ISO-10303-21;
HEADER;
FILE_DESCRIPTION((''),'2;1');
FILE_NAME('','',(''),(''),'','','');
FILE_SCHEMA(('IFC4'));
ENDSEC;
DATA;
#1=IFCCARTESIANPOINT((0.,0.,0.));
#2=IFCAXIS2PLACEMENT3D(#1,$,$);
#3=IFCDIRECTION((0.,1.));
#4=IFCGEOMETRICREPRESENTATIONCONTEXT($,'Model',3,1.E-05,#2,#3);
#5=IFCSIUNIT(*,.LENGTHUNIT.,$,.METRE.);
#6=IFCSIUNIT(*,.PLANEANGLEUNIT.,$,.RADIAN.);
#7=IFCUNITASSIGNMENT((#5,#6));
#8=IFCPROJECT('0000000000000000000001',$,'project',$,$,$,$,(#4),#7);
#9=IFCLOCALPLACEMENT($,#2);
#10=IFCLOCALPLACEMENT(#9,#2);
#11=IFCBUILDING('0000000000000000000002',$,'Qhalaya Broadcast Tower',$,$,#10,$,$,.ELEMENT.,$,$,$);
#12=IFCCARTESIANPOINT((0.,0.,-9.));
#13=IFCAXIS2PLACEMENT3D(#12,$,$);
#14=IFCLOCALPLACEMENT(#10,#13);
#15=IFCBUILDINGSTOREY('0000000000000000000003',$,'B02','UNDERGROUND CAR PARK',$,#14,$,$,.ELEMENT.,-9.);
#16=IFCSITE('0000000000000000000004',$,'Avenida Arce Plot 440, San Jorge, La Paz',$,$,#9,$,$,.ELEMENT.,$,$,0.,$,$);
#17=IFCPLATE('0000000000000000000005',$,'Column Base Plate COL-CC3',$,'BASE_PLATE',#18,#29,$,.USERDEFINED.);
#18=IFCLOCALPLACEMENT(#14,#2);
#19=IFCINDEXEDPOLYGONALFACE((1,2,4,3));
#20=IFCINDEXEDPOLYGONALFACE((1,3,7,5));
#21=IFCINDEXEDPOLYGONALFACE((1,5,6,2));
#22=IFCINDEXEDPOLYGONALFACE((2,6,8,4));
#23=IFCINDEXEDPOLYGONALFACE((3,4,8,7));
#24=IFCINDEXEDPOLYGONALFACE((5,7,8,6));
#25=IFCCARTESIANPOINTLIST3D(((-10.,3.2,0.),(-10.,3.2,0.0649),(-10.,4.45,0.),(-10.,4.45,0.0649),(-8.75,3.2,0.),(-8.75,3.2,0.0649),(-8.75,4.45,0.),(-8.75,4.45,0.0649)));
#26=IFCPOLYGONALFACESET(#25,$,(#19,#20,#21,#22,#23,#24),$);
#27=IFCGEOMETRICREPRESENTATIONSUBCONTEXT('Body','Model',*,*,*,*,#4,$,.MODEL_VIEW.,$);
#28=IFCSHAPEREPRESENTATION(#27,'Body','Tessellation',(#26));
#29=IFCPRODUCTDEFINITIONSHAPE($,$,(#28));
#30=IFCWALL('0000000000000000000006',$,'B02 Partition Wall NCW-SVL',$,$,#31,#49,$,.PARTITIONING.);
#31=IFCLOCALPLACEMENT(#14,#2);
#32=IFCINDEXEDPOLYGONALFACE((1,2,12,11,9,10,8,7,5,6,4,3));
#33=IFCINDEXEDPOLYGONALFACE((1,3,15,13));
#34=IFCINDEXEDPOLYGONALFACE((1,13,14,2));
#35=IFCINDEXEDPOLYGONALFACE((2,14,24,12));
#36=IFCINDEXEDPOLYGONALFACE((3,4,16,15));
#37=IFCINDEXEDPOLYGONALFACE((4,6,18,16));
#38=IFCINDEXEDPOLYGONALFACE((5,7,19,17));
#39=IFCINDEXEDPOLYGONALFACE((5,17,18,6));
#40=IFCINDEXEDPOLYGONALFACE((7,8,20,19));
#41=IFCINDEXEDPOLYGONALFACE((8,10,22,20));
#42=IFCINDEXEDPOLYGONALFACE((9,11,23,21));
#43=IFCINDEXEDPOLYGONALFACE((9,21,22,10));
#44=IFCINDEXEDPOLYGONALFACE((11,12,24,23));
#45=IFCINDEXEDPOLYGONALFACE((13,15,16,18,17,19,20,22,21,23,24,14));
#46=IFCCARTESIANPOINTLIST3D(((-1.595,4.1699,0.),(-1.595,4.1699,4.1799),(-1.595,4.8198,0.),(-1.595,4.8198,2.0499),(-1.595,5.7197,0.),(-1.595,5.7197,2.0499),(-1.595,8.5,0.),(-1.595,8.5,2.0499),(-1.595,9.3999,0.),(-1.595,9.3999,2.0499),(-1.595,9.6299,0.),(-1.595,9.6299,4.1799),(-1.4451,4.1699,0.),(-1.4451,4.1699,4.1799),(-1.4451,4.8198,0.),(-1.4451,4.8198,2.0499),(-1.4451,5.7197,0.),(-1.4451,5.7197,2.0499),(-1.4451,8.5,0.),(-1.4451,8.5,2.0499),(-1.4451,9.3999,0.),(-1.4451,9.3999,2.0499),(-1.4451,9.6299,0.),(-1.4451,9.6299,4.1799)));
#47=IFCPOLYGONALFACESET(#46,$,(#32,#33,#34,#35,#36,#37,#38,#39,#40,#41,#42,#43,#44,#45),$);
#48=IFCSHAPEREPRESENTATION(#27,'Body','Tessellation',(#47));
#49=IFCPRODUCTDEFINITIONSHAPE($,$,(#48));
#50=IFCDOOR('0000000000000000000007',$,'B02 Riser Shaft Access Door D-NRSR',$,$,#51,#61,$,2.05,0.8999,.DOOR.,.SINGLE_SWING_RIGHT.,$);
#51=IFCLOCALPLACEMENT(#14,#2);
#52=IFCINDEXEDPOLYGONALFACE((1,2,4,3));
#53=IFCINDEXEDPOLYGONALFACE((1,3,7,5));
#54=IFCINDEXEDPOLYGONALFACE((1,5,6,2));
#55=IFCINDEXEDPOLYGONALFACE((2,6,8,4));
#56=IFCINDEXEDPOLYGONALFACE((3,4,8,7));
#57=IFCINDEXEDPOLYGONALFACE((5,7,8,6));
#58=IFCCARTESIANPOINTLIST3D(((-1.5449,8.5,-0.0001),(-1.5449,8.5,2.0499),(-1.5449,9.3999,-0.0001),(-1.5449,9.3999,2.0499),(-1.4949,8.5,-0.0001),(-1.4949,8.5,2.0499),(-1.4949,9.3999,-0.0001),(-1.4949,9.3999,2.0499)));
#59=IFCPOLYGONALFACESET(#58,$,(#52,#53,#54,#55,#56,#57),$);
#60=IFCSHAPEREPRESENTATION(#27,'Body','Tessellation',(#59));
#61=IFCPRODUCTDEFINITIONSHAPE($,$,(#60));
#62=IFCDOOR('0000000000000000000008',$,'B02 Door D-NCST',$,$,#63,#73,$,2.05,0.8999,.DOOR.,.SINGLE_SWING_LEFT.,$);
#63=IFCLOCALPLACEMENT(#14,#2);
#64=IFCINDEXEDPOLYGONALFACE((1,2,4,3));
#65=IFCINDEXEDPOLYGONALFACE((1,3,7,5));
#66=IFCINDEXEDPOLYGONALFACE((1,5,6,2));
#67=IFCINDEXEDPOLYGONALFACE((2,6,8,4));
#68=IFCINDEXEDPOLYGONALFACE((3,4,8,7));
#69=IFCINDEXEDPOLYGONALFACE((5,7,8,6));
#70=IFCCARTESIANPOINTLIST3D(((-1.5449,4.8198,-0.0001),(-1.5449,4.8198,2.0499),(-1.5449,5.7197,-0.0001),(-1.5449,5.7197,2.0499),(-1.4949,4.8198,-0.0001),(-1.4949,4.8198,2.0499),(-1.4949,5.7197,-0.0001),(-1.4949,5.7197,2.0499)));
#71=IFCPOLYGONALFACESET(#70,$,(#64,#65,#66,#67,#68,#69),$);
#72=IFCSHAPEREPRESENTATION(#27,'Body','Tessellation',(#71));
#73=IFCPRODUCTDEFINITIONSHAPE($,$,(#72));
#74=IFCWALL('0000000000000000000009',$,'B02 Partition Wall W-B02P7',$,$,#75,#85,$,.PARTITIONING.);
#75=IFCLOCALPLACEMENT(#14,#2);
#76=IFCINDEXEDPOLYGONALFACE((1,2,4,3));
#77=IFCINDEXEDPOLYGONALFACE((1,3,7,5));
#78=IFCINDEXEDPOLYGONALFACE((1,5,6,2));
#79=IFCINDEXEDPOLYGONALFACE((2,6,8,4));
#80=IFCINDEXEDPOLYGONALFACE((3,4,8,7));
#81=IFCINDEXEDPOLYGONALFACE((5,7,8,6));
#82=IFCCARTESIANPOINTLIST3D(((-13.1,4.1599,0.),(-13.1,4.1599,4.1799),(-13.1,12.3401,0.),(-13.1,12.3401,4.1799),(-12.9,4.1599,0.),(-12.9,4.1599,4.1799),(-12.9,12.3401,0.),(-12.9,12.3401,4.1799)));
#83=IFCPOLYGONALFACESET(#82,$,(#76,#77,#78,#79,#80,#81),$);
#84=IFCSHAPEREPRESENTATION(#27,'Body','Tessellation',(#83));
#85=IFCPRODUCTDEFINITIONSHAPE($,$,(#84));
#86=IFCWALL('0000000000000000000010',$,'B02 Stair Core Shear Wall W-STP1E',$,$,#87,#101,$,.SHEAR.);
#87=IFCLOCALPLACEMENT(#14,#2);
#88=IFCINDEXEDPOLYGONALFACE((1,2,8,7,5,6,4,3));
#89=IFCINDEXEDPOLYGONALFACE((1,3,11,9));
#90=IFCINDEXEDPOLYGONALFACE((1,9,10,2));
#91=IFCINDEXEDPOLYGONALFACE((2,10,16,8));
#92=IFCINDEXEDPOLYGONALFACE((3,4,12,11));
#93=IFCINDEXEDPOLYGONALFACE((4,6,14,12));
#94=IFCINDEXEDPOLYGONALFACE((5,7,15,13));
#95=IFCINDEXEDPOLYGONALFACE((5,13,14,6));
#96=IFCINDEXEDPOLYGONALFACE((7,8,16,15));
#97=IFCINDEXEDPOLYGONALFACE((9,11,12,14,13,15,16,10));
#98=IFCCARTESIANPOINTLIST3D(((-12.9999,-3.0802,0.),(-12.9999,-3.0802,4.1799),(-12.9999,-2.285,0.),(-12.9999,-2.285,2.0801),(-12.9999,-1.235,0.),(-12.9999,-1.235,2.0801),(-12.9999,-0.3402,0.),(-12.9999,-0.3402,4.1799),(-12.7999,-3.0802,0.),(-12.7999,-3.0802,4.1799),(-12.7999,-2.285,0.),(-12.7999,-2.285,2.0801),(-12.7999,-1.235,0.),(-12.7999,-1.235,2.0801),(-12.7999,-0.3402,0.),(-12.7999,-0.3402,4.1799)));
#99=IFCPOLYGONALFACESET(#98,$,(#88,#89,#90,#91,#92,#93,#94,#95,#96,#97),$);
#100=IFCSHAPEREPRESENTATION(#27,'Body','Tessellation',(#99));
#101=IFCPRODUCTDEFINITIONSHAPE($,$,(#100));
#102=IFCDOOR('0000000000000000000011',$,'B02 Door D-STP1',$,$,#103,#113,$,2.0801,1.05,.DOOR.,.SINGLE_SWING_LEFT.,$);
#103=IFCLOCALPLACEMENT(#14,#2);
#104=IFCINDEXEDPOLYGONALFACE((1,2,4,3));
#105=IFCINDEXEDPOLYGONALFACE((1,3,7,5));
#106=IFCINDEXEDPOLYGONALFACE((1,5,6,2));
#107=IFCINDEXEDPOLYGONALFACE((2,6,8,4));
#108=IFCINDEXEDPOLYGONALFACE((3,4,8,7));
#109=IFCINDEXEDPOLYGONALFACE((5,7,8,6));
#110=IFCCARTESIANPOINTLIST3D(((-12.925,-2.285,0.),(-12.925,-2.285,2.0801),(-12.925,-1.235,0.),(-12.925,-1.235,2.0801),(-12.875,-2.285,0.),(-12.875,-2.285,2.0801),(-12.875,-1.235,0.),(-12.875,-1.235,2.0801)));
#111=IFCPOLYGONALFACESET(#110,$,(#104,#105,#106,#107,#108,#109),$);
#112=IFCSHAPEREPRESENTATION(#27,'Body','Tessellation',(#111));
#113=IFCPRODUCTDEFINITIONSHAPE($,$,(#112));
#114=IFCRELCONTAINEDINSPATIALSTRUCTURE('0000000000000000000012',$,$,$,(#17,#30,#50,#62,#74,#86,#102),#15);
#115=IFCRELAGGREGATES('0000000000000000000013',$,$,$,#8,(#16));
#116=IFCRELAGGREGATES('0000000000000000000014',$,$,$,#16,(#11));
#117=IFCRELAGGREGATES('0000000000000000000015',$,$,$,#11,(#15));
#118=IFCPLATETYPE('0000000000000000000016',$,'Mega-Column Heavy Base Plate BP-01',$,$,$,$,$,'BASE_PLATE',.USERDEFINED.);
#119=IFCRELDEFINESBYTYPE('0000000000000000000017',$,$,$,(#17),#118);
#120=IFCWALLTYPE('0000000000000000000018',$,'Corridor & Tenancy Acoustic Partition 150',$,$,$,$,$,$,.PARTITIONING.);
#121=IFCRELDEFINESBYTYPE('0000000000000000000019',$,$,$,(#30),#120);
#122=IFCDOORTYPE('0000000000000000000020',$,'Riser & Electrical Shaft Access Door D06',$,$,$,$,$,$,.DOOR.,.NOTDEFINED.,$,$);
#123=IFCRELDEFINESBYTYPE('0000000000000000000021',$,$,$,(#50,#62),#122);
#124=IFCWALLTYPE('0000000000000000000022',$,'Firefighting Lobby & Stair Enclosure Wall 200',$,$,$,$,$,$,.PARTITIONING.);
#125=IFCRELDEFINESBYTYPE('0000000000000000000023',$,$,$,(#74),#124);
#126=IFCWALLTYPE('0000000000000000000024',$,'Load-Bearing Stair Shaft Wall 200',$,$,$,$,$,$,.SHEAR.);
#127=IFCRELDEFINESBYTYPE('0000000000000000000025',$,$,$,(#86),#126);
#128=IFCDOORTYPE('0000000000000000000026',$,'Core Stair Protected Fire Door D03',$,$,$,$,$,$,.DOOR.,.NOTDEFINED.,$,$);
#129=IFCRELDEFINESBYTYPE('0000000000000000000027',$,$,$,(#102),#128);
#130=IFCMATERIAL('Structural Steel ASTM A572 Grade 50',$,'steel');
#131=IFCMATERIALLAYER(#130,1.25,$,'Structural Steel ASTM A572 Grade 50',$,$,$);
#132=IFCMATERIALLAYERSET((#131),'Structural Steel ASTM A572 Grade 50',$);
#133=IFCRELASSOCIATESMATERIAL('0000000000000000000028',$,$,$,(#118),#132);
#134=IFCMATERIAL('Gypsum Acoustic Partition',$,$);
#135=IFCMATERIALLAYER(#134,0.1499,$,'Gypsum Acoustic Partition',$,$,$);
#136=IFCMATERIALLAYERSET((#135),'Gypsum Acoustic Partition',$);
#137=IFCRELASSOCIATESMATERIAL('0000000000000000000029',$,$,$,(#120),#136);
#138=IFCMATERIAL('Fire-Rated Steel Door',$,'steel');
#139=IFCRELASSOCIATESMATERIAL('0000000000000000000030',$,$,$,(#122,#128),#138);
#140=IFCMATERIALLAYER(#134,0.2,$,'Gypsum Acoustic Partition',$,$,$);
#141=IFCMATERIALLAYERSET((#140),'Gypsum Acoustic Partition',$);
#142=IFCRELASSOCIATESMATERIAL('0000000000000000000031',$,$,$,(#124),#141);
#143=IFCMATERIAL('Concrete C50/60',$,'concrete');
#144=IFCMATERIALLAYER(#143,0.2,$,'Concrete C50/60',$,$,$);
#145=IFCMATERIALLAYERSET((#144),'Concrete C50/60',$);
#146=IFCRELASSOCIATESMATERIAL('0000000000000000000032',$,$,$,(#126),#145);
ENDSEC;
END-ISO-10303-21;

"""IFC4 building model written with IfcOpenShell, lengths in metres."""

from ifc_helpers import new_model, si_unit, direction, frame, frame_2d, origin, origin_2d, place, context, subcontext, project, spatial, rectangle, extrude, material, layer, layer_set, type_object, element, fill, save


model = new_model("IFC4")

# Units and contexts
model_context = context("Model", 3, precision=1e-05, world=origin(), true_north=direction((0.0, 1.0)))
body_context = subcontext(model_context, "Body", "Model", "MODEL_VIEW")
ifc_project = project(units=[si_unit("LENGTHUNIT", "METRE"), si_unit("PLANEANGLEUNIT", "RADIAN")], contexts=[model_context])

# Site, building, storey
site_placement = place(None, origin())
site = spatial("IfcSite", under=ifc_project, at=site_placement, Name="Avenida Arce Plot 440, San Jorge, La Paz", CompositionType="ELEMENT", RefElevation=0.0)
building_placement = place(site_placement, origin())
building = spatial("IfcBuilding", under=site, at=building_placement, Name="Qhalaya Broadcast Tower", CompositionType="ELEMENT")
storey_placement = place(building_placement, frame((0.0, 0.0, -9.0)))
storey = spatial("IfcBuildingStorey", under=building, at=storey_placement, Name="B02", Description="UNDERGROUND CAR PARK", CompositionType="ELEMENT", Elevation=-9.0)

# Plate
ifc_material_1 = material(Name="Structural Steel ASTM A572 Grade 50", Category="steel")
ifc_layer_1 = layer(ifc_material_1, 1.25, Name="Structural Steel ASTM A572 Grade 50")
ifc_layer_set_1 = layer_set([ifc_layer_1], Name="Structural Steel ASTM A572 Grade 50")
plate_type = type_object("IfcPlateType", Name="Mega-Column Heavy Base Plate BP-01", ElementType="BASE_PLATE", PredefinedType="USERDEFINED", material=ifc_layer_set_1)
plate_placement = place(storey_placement, frame((-9.375, 3.825, 0.0), z_axis=(0.0, 0.0, 1.0), x_axis=(1.0, 0.0, 0.0)))
element("IfcPlate", 1, at=plate_placement, inside=storey, type_object=plate_type, Name="Column Base Plate COL-CC3", ObjectType="BASE_PLATE", PredefinedType="USERDEFINED", context=body_context, shape_type="SweptSolid", body=[
    extrude(rectangle(XDim=1.25, YDim=1.25, at=origin_2d()), origin(), (0.0, 0.0, 1.0), 0.0649),
])

# Wall, openings, doors
ifc_material_2 = material(Name="Gypsum Acoustic Partition")
ifc_layer_2 = layer(ifc_material_2, 0.1499, Name="Gypsum Acoustic Partition")
ifc_layer_set_2 = layer_set([ifc_layer_2], Name="Gypsum Acoustic Partition")
wall_type_1 = type_object("IfcWallType", Name="Corridor & Tenancy Acoustic Partition 150", PredefinedType="PARTITIONING", material=ifc_layer_set_2)
wall_1_placement = place(storey_placement, frame((-1.52, 4.1699, 0.0), z_axis=(0.0, 0.0, 1.0), x_axis=(0.0, 1.0, 0.0)))
wall_1 = element("IfcWall", 2, at=wall_1_placement, inside=storey, type_object=wall_type_1, Name="B02 Partition Wall NCW-SVL", PredefinedType="PARTITIONING", context=body_context, shape_type="SweptSolid", body=[
    extrude(rectangle(XDim=5.46, YDim=0.1499, at=frame_2d((2.73, 0.0))), origin(), (0.0, 0.0, 1.0), 4.1799),
])
opening_1_placement = place(wall_1_placement, frame((4.3301, 0.0, 0.0)))
opening_1 = element("IfcOpeningElement", 3, at=opening_1_placement, cuts=wall_1, PredefinedType="OPENING", context=body_context, shape_type="SweptSolid", body=[
    extrude(rectangle(XDim=0.8999, YDim=2.05, at=frame_2d((0.45, 1.0249))), frame((0.0, 0.0869, 0.0), z_axis=(0.0, -1.0, 0.0), x_axis=(1.0, 0.0, 0.0)), (0.0, 0.0, 1.0), 0.1738),
])
opening_2_placement = place(wall_1_placement, frame((0.6499, 0.0, 0.0)))
opening_2 = element("IfcOpeningElement", 4, at=opening_2_placement, cuts=wall_1, PredefinedType="OPENING", context=body_context, shape_type="SweptSolid", body=[
    extrude(rectangle(XDim=0.8999, YDim=2.05, at=frame_2d((0.45, 1.0249))), frame((0.0, 0.0869, 0.0), z_axis=(0.0, -1.0, 0.0), x_axis=(1.0, 0.0, 0.0)), (0.0, 0.0, 1.0), 0.1738),
])
ifc_material_3 = material(Name="Fire-Rated Steel Door", Category="steel")
door_type_1 = type_object("IfcDoorType", Name="Riser & Electrical Shaft Access Door D06", OperationType="NOTDEFINED", PredefinedType="DOOR", material=ifc_material_3)
door_1_placement = place(opening_1_placement, origin())
door_1 = element("IfcDoor", 5, at=door_1_placement, inside=storey, type_object=door_type_1, Name="B02 Riser Shaft Access Door D-NRSR", OperationType="SINGLE_SWING_RIGHT", OverallHeight=2.05, OverallWidth=0.8999, PredefinedType="DOOR", context=body_context, shape_type="SweptSolid", body=[
    extrude(rectangle(XDim=0.8999, YDim=2.05, at=frame_2d((0.45, 1.0249))), frame((0.0, 0.0249, 0.0), z_axis=(0.0, -1.0, 0.0), x_axis=(1.0, 0.0, 0.0)), (0.0, 0.0, 1.0), 0.05),
])
fill(opening_1, door_1)
door_2_placement = place(opening_2_placement, origin())
door_2 = element("IfcDoor", 6, at=door_2_placement, inside=storey, type_object=door_type_1, Name="B02 Door D-NCST", OperationType="SINGLE_SWING_LEFT", OverallHeight=2.05, OverallWidth=0.8999, PredefinedType="DOOR", context=body_context, shape_type="SweptSolid", body=[
    extrude(rectangle(XDim=0.8999, YDim=2.05, at=frame_2d((0.45, 1.0249))), frame((0.0, 0.0249, 0.0), z_axis=(0.0, -1.0, 0.0), x_axis=(1.0, 0.0, 0.0)), (0.0, 0.0, 1.0), 0.05),
])
fill(opening_2, door_2)

# Wall
ifc_layer_3 = layer(ifc_material_2, 0.2, Name="Gypsum Acoustic Partition")
ifc_layer_set_3 = layer_set([ifc_layer_3], Name="Gypsum Acoustic Partition")
wall_type_2 = type_object("IfcWallType", Name="Firefighting Lobby & Stair Enclosure Wall 200", PredefinedType="PARTITIONING", material=ifc_layer_set_3)
wall_2_placement = place(storey_placement, frame((-13.0, 4.1599, 0.0), z_axis=(0.0, 0.0, 1.0), x_axis=(0.0, 1.0, 0.0)))
element("IfcWall", 7, at=wall_2_placement, inside=storey, type_object=wall_type_2, Name="B02 Partition Wall W-B02P7", PredefinedType="PARTITIONING", context=body_context, shape_type="SweptSolid", body=[
    extrude(rectangle(XDim=8.1802, YDim=0.2, at=frame_2d((4.0901, 0.0))), origin(), (0.0, 0.0, 1.0), 4.1799),
])

# Wall, opening, door
ifc_material_4 = material(Name="Concrete C50/60", Category="concrete")
ifc_layer_4 = layer(ifc_material_4, 0.2, Name="Concrete C50/60")
ifc_layer_set_4 = layer_set([ifc_layer_4], Name="Concrete C50/60")
wall_type_3 = type_object("IfcWallType", Name="Load-Bearing Stair Shaft Wall 200", PredefinedType="SHEAR", material=ifc_layer_set_4)
wall_3_placement = place(storey_placement, frame((-12.8999, -0.3401, 0.0), z_axis=(0.0, 0.0, 1.0), x_axis=(0.0, -1.0, 0.0)))
wall_3 = element("IfcWall", 8, at=wall_3_placement, inside=storey, type_object=wall_type_3, Name="B02 Stair Core Shear Wall W-STP1E", PredefinedType="SHEAR", context=body_context, shape_type="SweptSolid", body=[
    extrude(rectangle(XDim=2.74, YDim=0.2, at=frame_2d((1.3701, 0.0))), origin(), (0.0, 0.0, 1.0), 4.1799),
])
opening_3_placement = place(wall_3_placement, frame((0.895, 0.0, 0.0)))
opening_3 = element("IfcOpeningElement", 9, at=opening_3_placement, cuts=wall_3, PredefinedType="OPENING", context=body_context, shape_type="SweptSolid", body=[
    extrude(rectangle(XDim=1.05, YDim=2.0801, at=frame_2d((0.5249, 1.04))), frame((0.0, 0.1121, 0.0), z_axis=(0.0, -1.0, 0.0), x_axis=(1.0, 0.0, 0.0)), (0.0, 0.0, 1.0), 0.2239),
])
door_type_2 = type_object("IfcDoorType", Name="Core Stair Protected Fire Door D03", OperationType="NOTDEFINED", PredefinedType="DOOR", material=ifc_material_3)
door_3_placement = place(opening_3_placement, origin())
door_3 = element("IfcDoor", 10, at=door_3_placement, inside=storey, type_object=door_type_2, Name="B02 Door D-STP1", OperationType="SINGLE_SWING_LEFT", OverallHeight=2.0801, OverallWidth=1.05, PredefinedType="DOOR", context=body_context, shape_type="SweptSolid", body=[
    extrude(rectangle(XDim=1.05, YDim=2.0801, at=frame_2d((0.5249, 1.04))), frame((0.0, 0.0249, 0.0), z_axis=(0.0, -1.0, 0.0), x_axis=(1.0, 0.0, 0.0)), (0.0, 0.0, 1.0), 0.05),
])
fill(opening_3, door_3)

save(model, "model.ifc")
